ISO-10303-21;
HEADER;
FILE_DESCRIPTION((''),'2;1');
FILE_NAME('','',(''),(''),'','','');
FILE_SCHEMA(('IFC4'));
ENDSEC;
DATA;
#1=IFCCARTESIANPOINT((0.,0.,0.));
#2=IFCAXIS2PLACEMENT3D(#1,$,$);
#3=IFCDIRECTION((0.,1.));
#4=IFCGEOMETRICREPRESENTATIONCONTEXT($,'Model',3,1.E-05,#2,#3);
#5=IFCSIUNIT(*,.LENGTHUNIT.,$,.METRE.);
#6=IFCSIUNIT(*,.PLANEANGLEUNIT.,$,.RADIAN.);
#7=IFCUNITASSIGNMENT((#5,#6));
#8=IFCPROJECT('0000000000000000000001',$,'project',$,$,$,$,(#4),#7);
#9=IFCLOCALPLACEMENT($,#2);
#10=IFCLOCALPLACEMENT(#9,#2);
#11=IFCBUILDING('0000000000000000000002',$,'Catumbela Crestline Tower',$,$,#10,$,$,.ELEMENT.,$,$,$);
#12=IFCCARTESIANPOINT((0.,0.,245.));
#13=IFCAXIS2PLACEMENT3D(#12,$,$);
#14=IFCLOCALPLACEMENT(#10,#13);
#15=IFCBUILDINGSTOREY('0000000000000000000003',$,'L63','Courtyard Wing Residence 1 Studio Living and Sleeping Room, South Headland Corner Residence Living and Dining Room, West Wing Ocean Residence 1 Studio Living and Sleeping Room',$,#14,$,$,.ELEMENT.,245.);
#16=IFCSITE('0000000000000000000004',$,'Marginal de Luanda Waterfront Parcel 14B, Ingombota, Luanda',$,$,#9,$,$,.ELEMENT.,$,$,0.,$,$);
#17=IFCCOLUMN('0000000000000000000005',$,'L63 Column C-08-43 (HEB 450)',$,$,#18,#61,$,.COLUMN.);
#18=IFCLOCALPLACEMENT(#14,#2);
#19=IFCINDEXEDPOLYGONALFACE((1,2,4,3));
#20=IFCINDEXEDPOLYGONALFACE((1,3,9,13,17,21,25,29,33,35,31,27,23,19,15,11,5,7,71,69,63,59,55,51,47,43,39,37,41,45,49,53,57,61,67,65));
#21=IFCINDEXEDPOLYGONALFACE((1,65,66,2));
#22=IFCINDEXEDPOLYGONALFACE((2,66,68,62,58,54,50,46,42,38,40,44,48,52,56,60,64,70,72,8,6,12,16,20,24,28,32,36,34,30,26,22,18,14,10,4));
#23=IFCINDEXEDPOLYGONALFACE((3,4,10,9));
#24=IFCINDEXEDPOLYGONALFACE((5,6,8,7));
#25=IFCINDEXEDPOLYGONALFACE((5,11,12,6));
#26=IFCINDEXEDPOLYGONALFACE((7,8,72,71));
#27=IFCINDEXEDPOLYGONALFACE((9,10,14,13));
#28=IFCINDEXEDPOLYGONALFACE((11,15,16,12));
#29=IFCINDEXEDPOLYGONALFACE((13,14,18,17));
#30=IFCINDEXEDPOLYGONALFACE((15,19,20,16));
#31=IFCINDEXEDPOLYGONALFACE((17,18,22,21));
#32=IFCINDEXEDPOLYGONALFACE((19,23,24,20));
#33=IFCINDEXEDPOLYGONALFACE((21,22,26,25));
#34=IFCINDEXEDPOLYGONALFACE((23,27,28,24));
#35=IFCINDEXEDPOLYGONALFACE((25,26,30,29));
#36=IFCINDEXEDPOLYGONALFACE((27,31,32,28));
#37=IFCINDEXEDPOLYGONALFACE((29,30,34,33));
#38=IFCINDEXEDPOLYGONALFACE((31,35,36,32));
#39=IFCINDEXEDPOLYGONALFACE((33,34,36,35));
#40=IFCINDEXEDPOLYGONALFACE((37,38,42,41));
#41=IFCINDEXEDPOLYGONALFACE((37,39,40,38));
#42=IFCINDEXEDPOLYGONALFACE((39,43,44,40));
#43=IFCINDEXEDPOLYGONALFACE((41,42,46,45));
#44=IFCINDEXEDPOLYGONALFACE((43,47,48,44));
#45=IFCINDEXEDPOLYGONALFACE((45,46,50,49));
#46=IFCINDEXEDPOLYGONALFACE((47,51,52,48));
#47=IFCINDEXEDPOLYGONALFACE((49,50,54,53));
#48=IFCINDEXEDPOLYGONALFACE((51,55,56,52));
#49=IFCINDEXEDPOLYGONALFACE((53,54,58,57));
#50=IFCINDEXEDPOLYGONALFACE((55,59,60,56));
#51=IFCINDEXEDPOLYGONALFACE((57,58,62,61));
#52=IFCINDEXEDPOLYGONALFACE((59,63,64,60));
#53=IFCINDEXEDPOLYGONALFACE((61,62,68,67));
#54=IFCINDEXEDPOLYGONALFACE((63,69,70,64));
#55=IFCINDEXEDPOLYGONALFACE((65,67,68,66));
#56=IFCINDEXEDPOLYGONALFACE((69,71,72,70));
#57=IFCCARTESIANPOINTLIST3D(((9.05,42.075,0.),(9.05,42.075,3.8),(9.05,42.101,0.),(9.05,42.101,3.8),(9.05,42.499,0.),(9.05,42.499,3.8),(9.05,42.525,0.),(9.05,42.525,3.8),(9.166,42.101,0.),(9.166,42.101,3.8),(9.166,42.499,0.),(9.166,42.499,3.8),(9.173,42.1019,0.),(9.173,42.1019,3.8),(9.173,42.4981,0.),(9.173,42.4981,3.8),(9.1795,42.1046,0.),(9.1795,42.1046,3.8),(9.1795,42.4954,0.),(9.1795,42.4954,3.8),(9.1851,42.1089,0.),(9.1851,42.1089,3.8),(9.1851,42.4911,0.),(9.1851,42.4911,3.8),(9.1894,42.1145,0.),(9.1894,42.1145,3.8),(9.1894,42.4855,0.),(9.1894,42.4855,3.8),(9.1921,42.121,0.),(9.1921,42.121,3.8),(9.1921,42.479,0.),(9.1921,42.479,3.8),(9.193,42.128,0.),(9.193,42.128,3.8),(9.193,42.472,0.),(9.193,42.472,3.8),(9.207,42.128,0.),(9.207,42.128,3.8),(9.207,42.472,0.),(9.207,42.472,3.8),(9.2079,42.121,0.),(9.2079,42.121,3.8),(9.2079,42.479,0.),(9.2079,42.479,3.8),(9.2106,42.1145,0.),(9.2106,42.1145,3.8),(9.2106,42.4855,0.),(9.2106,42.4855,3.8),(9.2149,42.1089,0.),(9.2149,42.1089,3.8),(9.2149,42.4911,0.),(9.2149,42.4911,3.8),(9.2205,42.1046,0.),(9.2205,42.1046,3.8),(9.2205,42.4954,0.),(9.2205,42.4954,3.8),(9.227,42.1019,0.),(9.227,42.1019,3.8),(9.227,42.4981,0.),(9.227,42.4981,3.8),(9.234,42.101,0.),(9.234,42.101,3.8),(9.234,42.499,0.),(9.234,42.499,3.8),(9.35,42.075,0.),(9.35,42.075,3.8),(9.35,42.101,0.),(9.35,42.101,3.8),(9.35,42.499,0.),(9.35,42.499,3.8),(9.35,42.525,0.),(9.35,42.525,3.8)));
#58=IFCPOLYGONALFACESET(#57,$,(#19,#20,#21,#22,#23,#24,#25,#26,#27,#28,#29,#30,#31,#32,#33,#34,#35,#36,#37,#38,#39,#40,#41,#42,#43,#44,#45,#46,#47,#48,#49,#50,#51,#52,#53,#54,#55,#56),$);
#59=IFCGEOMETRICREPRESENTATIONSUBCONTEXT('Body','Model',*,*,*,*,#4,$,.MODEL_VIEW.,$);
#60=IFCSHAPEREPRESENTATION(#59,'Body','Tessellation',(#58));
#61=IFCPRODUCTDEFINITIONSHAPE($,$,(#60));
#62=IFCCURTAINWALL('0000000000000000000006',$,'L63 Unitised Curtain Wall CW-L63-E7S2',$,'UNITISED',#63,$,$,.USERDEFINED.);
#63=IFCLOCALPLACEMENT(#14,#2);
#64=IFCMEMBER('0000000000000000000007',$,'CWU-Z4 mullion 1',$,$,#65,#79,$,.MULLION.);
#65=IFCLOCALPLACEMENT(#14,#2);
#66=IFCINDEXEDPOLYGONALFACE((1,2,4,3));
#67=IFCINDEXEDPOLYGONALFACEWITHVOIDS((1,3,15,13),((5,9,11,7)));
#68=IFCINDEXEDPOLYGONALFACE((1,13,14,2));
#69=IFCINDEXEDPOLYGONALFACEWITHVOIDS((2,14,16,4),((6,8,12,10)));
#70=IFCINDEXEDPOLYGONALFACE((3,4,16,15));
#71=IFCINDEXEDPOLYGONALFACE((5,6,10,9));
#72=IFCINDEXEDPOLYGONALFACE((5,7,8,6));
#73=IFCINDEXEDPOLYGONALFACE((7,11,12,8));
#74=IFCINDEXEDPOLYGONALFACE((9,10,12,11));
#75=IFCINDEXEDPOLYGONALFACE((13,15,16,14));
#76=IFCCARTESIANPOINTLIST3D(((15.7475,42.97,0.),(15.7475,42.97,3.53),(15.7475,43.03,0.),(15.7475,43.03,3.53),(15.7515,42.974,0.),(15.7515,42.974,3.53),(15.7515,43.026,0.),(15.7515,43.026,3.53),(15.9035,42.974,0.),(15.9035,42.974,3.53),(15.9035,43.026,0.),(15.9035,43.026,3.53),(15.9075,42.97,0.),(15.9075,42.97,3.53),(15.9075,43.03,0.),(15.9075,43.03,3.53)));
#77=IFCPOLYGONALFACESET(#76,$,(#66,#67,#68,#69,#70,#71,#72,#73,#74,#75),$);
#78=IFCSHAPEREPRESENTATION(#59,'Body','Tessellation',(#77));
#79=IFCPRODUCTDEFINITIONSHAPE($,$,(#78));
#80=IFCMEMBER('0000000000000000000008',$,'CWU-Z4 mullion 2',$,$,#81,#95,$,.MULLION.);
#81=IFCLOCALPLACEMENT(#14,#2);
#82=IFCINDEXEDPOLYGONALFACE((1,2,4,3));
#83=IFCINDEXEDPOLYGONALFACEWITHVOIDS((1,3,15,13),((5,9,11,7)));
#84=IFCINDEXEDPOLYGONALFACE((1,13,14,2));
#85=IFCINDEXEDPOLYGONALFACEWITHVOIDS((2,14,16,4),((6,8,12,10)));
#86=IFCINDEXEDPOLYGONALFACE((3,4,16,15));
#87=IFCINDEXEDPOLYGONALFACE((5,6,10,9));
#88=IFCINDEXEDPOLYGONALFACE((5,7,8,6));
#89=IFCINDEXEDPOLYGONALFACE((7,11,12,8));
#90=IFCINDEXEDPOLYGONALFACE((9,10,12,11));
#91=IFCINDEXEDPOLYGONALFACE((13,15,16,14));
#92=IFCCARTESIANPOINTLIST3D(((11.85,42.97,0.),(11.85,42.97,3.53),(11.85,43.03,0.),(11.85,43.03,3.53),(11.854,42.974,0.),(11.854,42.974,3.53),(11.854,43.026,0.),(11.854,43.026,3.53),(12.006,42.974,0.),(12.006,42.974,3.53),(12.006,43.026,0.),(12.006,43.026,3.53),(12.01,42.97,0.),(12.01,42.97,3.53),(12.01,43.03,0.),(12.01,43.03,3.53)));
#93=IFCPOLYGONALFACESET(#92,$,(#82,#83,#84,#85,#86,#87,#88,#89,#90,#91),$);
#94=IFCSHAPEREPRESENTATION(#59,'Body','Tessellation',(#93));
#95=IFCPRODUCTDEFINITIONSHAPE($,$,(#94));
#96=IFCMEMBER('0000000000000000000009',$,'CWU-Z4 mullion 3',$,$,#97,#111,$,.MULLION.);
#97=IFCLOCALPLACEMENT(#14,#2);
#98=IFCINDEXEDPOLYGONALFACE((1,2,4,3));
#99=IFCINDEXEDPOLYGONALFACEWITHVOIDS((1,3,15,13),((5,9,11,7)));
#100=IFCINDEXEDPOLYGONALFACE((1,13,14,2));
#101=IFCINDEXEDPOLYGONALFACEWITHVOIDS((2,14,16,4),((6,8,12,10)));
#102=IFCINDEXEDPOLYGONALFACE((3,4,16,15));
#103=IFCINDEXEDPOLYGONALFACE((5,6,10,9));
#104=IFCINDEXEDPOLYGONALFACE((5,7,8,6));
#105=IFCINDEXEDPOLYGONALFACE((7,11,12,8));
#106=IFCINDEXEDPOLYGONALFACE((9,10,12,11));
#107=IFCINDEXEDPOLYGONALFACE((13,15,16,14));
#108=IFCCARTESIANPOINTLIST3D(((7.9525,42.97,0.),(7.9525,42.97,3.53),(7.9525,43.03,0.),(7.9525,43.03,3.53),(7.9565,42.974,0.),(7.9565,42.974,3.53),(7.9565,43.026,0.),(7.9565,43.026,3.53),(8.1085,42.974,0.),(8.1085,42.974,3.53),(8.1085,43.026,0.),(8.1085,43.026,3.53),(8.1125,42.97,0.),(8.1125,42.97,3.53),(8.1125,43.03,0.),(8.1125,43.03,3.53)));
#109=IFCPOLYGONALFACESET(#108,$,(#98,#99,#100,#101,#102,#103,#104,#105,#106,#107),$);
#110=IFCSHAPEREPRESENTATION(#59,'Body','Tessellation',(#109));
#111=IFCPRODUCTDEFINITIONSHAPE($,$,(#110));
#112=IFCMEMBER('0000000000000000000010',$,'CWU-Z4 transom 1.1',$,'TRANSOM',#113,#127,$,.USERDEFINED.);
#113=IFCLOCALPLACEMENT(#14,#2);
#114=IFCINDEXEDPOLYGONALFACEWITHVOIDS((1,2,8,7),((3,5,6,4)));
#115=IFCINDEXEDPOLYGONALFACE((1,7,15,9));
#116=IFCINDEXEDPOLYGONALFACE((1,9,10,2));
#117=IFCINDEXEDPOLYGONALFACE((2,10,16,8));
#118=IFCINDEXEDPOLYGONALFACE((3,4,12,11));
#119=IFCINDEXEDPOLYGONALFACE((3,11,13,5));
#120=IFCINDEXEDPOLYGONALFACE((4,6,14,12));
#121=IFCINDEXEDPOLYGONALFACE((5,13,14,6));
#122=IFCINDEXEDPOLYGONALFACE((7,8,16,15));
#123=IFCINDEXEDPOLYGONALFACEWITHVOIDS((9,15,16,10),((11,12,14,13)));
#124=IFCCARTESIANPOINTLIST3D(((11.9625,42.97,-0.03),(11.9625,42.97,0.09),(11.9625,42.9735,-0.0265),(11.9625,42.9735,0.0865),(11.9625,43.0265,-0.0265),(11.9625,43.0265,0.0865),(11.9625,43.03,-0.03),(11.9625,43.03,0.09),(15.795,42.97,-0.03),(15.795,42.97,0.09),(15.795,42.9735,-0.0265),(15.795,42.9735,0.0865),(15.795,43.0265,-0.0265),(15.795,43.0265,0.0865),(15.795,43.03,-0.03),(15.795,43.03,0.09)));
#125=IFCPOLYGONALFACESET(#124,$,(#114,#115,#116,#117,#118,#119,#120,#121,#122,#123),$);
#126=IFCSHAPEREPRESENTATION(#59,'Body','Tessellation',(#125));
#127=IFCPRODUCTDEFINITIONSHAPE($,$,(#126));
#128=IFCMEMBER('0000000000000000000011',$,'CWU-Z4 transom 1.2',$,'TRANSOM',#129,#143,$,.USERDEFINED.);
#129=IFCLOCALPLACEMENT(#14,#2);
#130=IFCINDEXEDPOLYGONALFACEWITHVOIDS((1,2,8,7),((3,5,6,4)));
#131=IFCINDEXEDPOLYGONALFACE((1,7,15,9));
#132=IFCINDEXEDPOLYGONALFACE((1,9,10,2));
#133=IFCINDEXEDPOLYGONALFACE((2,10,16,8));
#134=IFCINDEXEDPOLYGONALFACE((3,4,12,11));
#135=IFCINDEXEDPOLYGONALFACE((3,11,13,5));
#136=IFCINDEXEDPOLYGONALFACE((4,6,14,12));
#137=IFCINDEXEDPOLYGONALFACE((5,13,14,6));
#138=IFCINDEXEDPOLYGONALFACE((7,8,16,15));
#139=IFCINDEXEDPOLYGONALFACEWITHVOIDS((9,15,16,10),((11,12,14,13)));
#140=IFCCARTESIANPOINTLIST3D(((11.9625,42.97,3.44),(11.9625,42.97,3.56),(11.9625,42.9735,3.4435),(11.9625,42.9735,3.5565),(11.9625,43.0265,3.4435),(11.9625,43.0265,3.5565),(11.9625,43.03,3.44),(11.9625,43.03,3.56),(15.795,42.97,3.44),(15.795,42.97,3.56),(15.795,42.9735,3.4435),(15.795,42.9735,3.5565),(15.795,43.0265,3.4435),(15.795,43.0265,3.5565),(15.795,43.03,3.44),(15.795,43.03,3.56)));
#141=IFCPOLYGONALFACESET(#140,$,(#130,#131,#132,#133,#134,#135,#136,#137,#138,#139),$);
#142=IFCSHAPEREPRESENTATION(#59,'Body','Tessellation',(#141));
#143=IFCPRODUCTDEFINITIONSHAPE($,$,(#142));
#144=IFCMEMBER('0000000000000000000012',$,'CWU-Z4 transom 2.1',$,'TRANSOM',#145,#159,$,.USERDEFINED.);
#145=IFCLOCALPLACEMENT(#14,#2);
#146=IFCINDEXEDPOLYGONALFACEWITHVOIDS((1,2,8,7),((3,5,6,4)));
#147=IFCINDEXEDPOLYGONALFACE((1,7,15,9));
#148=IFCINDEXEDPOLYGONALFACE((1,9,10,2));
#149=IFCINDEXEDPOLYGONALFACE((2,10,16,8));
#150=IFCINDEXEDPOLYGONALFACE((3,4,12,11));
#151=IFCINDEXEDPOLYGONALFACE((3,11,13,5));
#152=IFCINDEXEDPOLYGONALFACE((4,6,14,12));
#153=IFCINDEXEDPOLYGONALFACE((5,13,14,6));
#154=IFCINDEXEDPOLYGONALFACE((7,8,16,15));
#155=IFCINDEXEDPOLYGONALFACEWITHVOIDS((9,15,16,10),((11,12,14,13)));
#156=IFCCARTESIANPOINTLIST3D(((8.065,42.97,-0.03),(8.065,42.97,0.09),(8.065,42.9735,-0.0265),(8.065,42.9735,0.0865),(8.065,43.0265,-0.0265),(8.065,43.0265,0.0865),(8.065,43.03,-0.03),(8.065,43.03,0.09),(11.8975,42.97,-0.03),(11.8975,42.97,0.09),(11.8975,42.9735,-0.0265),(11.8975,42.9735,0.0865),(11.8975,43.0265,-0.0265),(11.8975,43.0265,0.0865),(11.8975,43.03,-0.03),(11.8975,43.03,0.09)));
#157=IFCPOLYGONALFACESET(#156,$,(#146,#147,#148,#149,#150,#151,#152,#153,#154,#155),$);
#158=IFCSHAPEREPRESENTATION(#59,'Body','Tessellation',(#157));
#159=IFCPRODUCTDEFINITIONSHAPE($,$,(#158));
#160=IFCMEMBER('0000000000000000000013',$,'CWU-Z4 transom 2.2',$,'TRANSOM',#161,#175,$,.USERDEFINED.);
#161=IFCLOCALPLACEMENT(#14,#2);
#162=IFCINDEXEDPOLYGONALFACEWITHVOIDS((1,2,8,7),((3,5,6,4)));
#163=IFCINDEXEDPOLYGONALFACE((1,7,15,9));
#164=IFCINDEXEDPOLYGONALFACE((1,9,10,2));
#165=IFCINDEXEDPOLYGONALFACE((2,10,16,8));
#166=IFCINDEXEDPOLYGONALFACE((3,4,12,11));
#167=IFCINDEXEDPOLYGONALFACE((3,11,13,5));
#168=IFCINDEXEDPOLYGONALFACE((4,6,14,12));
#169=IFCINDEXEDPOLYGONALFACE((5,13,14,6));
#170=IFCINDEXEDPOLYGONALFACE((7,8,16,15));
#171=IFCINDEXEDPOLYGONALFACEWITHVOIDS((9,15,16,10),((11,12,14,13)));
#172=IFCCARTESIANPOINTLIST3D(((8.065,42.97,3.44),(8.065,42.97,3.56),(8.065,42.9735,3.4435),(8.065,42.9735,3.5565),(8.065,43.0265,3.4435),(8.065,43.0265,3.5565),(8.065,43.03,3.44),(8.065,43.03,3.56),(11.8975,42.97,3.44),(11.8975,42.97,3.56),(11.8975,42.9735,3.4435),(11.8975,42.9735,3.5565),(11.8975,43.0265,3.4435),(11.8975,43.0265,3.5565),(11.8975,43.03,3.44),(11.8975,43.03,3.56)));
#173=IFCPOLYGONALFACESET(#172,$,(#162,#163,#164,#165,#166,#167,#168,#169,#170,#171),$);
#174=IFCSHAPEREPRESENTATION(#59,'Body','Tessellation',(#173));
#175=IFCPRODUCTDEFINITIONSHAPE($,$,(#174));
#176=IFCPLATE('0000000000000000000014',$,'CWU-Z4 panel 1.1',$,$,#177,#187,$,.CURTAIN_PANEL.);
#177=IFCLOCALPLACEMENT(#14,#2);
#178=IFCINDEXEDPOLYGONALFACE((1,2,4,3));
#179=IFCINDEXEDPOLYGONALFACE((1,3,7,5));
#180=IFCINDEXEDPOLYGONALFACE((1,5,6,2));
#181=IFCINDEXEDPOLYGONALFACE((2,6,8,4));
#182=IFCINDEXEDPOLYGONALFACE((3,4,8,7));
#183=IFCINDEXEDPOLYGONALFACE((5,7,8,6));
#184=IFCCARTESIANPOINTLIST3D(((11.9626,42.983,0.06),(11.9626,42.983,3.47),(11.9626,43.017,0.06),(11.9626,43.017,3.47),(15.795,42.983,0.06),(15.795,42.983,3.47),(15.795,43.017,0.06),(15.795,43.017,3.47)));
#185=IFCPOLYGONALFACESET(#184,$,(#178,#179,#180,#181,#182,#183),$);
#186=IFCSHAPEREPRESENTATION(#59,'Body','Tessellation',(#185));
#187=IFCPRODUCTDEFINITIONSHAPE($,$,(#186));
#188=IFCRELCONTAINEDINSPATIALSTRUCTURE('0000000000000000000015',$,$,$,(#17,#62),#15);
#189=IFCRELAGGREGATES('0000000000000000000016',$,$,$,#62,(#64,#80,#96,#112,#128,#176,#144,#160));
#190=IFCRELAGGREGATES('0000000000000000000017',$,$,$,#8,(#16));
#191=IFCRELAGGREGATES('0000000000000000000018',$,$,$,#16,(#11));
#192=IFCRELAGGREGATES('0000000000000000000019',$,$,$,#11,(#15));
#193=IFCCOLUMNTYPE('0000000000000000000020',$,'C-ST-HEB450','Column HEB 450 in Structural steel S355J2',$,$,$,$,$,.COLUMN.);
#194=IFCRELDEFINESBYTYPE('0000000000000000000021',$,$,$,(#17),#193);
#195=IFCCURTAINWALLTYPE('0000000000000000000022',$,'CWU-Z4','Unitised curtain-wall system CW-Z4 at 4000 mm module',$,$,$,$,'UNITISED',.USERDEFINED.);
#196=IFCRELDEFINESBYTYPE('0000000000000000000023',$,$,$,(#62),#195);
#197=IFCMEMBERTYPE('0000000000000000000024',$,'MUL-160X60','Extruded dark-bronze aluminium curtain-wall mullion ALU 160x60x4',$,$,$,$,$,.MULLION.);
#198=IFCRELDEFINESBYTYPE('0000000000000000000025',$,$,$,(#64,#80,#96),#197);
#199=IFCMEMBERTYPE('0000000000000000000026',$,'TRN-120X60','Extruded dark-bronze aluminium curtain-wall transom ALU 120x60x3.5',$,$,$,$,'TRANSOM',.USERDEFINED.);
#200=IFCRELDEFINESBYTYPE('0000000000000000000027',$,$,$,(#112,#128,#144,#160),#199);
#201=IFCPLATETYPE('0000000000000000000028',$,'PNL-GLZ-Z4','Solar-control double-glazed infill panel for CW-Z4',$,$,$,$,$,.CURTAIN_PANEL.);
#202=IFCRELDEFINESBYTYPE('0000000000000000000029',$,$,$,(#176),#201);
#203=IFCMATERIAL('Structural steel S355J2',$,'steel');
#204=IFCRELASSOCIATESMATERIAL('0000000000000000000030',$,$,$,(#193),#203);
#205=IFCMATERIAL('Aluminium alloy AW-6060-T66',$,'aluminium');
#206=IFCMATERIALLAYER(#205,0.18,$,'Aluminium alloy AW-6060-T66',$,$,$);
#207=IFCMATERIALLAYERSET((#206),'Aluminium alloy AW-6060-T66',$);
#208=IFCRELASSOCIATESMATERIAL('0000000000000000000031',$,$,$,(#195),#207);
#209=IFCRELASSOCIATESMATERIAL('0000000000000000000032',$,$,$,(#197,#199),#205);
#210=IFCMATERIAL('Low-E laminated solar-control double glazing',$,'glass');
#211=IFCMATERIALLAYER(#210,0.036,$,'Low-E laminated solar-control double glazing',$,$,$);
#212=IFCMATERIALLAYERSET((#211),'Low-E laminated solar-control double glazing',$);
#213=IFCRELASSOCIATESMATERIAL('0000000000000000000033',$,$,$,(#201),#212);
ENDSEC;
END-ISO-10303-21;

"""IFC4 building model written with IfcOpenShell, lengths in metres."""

from ifc_helpers import new_model, si_unit, direction, frame, origin, origin_2d, place, context, subcontext, project, spatial, rectangle, hollow_rectangle, i_section, extrude, material, layer, layer_set, material_profile, profile_set, type_object, element, aggregate, save


model = new_model("IFC4")

# Units and contexts
model_context = context("Model", 3, precision=1e-05, world=origin(), true_north=direction((0.0, 1.0)))
body_context = subcontext(model_context, "Body", "Model", "MODEL_VIEW")
ifc_project = project(units=[si_unit("LENGTHUNIT", "METRE"), si_unit("PLANEANGLEUNIT", "RADIAN")], contexts=[model_context])

# Site, building, storey
site_placement = place(None, origin())
site = spatial("IfcSite", under=ifc_project, at=site_placement, Name="Marginal de Luanda Waterfront Parcel 14B, Ingombota, Luanda", CompositionType="ELEMENT", RefElevation=0.0)
building_placement = place(site_placement, origin())
building = spatial("IfcBuilding", under=site, at=building_placement, Name="Catumbela Crestline Tower", CompositionType="ELEMENT")
storey_placement = place(building_placement, frame((0.0, 0.0, 245.0)))
storey = spatial("IfcBuildingStorey", under=building, at=storey_placement, Name="L63", Description="Courtyard Wing Residence 1 Studio Living and Sleeping Room, South Headland Corner Residence Living and Dining Room, West Wing Ocean Residence 1 Studio Living and Sleeping Room", CompositionType="ELEMENT", Elevation=245.0)

# Column
ifc_material_1 = material(Name="Structural steel S355J2", Category="steel")
ifc_material_profile_1 = material_profile(ifc_material_1, i_section(OverallWidth=0.3, OverallDepth=0.45, WebThickness=0.014, FlangeThickness=0.026, FilletRadius=0.027, at=origin_2d()), Name="HEB 450")
ifc_profile_set_1 = profile_set([ifc_material_profile_1], Name="Structural steel S355J2")
column_type = type_object("IfcColumnType", Name="C-ST-HEB450", Description="Column HEB 450 in Structural steel S355J2", PredefinedType="COLUMN", material=ifc_profile_set_1)
column_placement = place(storey_placement, frame((9.2, 42.3, 0.0), z_axis=(0.0, 0.0, 1.0), x_axis=(1.0, 0.0, 0.0)))
element("IfcColumn", 1, at=column_placement, inside=storey, type_object=column_type, Name="L63 Column C-08-43 (HEB 450)", PredefinedType="COLUMN", context=body_context, shape_type="SweptSolid", body=[
    extrude(i_section(OverallWidth=0.3, OverallDepth=0.45, WebThickness=0.014, FlangeThickness=0.026, FilletRadius=0.027, at=origin_2d()), origin(), (0.0, 0.0, 1.0), 3.8),
])

# Curtain wall, members, plate
ifc_material_2 = material(Name="Aluminium alloy AW-6060-T66", Category="aluminium")
ifc_layer_1 = layer(ifc_material_2, 0.18, Name="Aluminium alloy AW-6060-T66")
ifc_layer_set_1 = layer_set([ifc_layer_1], Name="Aluminium alloy AW-6060-T66")
curtain_wall_type = type_object("IfcCurtainWallType", Name="CWU-Z4", Description="Unitised curtain-wall system CW-Z4 at 4000 mm module", ElementType="UNITISED", PredefinedType="USERDEFINED", material=ifc_layer_set_1)
curtain_wall_placement = place(storey_placement, origin())
curtain_wall = element("IfcCurtainWall", 2, at=curtain_wall_placement, inside=storey, type_object=curtain_wall_type, Name="L63 Unitised Curtain Wall CW-L63-E7S2", ObjectType="UNITISED", PredefinedType="USERDEFINED")
ifc_material_profile_2 = material_profile(ifc_material_2, hollow_rectangle(XDim=0.06, YDim=0.16, WallThickness=0.004, at=origin_2d()), Name="ALU 160x60x4")
ifc_profile_set_2 = profile_set([ifc_material_profile_2], Name="Aluminium alloy AW-6060-T66")
member_type_1 = type_object("IfcMemberType", Name="MUL-160X60", Description="Extruded dark-bronze aluminium curtain-wall mullion ALU 160x60x4", PredefinedType="MULLION", material=ifc_profile_set_2)
member_1_placement = place(storey_placement, frame((15.8275, 43.0, 0.0), z_axis=(0.0, 0.0, 1.0), x_axis=(0.0, -1.0, 0.0)))
member_1 = element("IfcMember", 3, at=member_1_placement, type_object=member_type_1, Name="CWU-Z4 mullion 1", PredefinedType="MULLION", context=body_context, shape_type="SweptSolid", body=[
    extrude(hollow_rectangle(XDim=0.06, YDim=0.16, WallThickness=0.004, at=origin_2d()), origin(), (0.0, 0.0, 1.0), 3.53),
])
member_2_placement = place(storey_placement, frame((11.93, 43.0, 0.0), z_axis=(0.0, 0.0, 1.0), x_axis=(0.0, -1.0, 0.0)))
member_2 = element("IfcMember", 4, at=member_2_placement, type_object=member_type_1, Name="CWU-Z4 mullion 2", PredefinedType="MULLION", context=body_context, shape_type="SweptSolid", body=[
    extrude(hollow_rectangle(XDim=0.06, YDim=0.16, WallThickness=0.004, at=origin_2d()), origin(), (0.0, 0.0, 1.0), 3.53),
])
member_3_placement = place(storey_placement, frame((8.0325, 43.0, 0.0), z_axis=(0.0, 0.0, 1.0), x_axis=(0.0, -1.0, 0.0)))
member_3 = element("IfcMember", 5, at=member_3_placement, type_object=member_type_1, Name="CWU-Z4 mullion 3", PredefinedType="MULLION", context=body_context, shape_type="SweptSolid", body=[
    extrude(hollow_rectangle(XDim=0.06, YDim=0.16, WallThickness=0.004, at=origin_2d()), origin(), (0.0, 0.0, 1.0), 3.53),
])
ifc_material_profile_3 = material_profile(ifc_material_2, hollow_rectangle(XDim=0.06, YDim=0.12, WallThickness=0.0035, at=origin_2d()), Name="ALU 120x60x3.5")
ifc_profile_set_3 = profile_set([ifc_material_profile_3], Name="Aluminium alloy AW-6060-T66")
member_type_2 = type_object("IfcMemberType", Name="TRN-120X60", Description="Extruded dark-bronze aluminium curtain-wall transom ALU 120x60x3.5", ElementType="TRANSOM", PredefinedType="USERDEFINED", material=ifc_profile_set_3)
member_4_placement = place(storey_placement, frame((15.795, 43.0, 0.03), z_axis=(-1.0, 0.0, 0.0), x_axis=(0.0, -1.0, 0.0)))
member_4 = element("IfcMember", 6, at=member_4_placement, type_object=member_type_2, Name="CWU-Z4 transom 1.1", ObjectType="TRANSOM", PredefinedType="USERDEFINED", context=body_context, shape_type="SweptSolid", body=[
    extrude(hollow_rectangle(XDim=0.06, YDim=0.12, WallThickness=0.0035, at=origin_2d()), origin(), (0.0, 0.0, 1.0), 3.8325),
])
member_5_placement = place(storey_placement, frame((15.795, 43.0, 3.5), z_axis=(-1.0, 0.0, 0.0), x_axis=(0.0, -1.0, 0.0)))
member_5 = element("IfcMember", 7, at=member_5_placement, type_object=member_type_2, Name="CWU-Z4 transom 1.2", ObjectType="TRANSOM", PredefinedType="USERDEFINED", context=body_context, shape_type="SweptSolid", body=[
    extrude(hollow_rectangle(XDim=0.06, YDim=0.12, WallThickness=0.0035, at=origin_2d()), origin(), (0.0, 0.0, 1.0), 3.8325),
])
member_6_placement = place(storey_placement, frame((11.8975, 43.0, 0.03), z_axis=(-1.0, 0.0, 0.0), x_axis=(0.0, -1.0, 0.0)))
member_6 = element("IfcMember", 8, at=member_6_placement, type_object=member_type_2, Name="CWU-Z4 transom 2.1", ObjectType="TRANSOM", PredefinedType="USERDEFINED", context=body_context, shape_type="SweptSolid", body=[
    extrude(hollow_rectangle(XDim=0.06, YDim=0.12, WallThickness=0.0035, at=origin_2d()), origin(), (0.0, 0.0, 1.0), 3.8325),
])
member_7_placement = place(storey_placement, frame((11.8975, 43.0, 3.5), z_axis=(-1.0, 0.0, 0.0), x_axis=(0.0, -1.0, 0.0)))
member_7 = element("IfcMember", 9, at=member_7_placement, type_object=member_type_2, Name="CWU-Z4 transom 2.2", ObjectType="TRANSOM", PredefinedType="USERDEFINED", context=body_context, shape_type="SweptSolid", body=[
    extrude(hollow_rectangle(XDim=0.06, YDim=0.12, WallThickness=0.0035, at=origin_2d()), origin(), (0.0, 0.0, 1.0), 3.8325),
])
ifc_material_3 = material(Name="Low-E laminated solar-control double glazing", Category="glass")
ifc_layer_2 = layer(ifc_material_3, 0.036, Name="Low-E laminated solar-control double glazing")
ifc_layer_set_2 = layer_set([ifc_layer_2], Name="Low-E laminated solar-control double glazing")
plate_type = type_object("IfcPlateType", Name="PNL-GLZ-Z4", Description="Solar-control double-glazed infill panel for CW-Z4", PredefinedType="CURTAIN_PANEL", material=ifc_layer_set_2)
plate_1_placement = place(storey_placement, frame((13.8788, 43.0, 0.06), z_axis=(0.0, 0.0, 1.0), x_axis=(-1.0, 0.0, 0.0)))
plate_1 = element("IfcPlate", 10, at=plate_1_placement, type_object=plate_type, Name="CWU-Z4 panel 1.1", PredefinedType="CURTAIN_PANEL", context=body_context, shape_type="SweptSolid", body=[
    extrude(rectangle(XDim=3.8325, YDim=0.034, at=origin_2d()), origin(), (0.0, 0.0, 1.0), 3.41),
])
aggregate(curtain_wall, [member_1, member_2, member_3, member_4, member_5, plate_1, member_6, member_7])

save(model, "model.ifc")
